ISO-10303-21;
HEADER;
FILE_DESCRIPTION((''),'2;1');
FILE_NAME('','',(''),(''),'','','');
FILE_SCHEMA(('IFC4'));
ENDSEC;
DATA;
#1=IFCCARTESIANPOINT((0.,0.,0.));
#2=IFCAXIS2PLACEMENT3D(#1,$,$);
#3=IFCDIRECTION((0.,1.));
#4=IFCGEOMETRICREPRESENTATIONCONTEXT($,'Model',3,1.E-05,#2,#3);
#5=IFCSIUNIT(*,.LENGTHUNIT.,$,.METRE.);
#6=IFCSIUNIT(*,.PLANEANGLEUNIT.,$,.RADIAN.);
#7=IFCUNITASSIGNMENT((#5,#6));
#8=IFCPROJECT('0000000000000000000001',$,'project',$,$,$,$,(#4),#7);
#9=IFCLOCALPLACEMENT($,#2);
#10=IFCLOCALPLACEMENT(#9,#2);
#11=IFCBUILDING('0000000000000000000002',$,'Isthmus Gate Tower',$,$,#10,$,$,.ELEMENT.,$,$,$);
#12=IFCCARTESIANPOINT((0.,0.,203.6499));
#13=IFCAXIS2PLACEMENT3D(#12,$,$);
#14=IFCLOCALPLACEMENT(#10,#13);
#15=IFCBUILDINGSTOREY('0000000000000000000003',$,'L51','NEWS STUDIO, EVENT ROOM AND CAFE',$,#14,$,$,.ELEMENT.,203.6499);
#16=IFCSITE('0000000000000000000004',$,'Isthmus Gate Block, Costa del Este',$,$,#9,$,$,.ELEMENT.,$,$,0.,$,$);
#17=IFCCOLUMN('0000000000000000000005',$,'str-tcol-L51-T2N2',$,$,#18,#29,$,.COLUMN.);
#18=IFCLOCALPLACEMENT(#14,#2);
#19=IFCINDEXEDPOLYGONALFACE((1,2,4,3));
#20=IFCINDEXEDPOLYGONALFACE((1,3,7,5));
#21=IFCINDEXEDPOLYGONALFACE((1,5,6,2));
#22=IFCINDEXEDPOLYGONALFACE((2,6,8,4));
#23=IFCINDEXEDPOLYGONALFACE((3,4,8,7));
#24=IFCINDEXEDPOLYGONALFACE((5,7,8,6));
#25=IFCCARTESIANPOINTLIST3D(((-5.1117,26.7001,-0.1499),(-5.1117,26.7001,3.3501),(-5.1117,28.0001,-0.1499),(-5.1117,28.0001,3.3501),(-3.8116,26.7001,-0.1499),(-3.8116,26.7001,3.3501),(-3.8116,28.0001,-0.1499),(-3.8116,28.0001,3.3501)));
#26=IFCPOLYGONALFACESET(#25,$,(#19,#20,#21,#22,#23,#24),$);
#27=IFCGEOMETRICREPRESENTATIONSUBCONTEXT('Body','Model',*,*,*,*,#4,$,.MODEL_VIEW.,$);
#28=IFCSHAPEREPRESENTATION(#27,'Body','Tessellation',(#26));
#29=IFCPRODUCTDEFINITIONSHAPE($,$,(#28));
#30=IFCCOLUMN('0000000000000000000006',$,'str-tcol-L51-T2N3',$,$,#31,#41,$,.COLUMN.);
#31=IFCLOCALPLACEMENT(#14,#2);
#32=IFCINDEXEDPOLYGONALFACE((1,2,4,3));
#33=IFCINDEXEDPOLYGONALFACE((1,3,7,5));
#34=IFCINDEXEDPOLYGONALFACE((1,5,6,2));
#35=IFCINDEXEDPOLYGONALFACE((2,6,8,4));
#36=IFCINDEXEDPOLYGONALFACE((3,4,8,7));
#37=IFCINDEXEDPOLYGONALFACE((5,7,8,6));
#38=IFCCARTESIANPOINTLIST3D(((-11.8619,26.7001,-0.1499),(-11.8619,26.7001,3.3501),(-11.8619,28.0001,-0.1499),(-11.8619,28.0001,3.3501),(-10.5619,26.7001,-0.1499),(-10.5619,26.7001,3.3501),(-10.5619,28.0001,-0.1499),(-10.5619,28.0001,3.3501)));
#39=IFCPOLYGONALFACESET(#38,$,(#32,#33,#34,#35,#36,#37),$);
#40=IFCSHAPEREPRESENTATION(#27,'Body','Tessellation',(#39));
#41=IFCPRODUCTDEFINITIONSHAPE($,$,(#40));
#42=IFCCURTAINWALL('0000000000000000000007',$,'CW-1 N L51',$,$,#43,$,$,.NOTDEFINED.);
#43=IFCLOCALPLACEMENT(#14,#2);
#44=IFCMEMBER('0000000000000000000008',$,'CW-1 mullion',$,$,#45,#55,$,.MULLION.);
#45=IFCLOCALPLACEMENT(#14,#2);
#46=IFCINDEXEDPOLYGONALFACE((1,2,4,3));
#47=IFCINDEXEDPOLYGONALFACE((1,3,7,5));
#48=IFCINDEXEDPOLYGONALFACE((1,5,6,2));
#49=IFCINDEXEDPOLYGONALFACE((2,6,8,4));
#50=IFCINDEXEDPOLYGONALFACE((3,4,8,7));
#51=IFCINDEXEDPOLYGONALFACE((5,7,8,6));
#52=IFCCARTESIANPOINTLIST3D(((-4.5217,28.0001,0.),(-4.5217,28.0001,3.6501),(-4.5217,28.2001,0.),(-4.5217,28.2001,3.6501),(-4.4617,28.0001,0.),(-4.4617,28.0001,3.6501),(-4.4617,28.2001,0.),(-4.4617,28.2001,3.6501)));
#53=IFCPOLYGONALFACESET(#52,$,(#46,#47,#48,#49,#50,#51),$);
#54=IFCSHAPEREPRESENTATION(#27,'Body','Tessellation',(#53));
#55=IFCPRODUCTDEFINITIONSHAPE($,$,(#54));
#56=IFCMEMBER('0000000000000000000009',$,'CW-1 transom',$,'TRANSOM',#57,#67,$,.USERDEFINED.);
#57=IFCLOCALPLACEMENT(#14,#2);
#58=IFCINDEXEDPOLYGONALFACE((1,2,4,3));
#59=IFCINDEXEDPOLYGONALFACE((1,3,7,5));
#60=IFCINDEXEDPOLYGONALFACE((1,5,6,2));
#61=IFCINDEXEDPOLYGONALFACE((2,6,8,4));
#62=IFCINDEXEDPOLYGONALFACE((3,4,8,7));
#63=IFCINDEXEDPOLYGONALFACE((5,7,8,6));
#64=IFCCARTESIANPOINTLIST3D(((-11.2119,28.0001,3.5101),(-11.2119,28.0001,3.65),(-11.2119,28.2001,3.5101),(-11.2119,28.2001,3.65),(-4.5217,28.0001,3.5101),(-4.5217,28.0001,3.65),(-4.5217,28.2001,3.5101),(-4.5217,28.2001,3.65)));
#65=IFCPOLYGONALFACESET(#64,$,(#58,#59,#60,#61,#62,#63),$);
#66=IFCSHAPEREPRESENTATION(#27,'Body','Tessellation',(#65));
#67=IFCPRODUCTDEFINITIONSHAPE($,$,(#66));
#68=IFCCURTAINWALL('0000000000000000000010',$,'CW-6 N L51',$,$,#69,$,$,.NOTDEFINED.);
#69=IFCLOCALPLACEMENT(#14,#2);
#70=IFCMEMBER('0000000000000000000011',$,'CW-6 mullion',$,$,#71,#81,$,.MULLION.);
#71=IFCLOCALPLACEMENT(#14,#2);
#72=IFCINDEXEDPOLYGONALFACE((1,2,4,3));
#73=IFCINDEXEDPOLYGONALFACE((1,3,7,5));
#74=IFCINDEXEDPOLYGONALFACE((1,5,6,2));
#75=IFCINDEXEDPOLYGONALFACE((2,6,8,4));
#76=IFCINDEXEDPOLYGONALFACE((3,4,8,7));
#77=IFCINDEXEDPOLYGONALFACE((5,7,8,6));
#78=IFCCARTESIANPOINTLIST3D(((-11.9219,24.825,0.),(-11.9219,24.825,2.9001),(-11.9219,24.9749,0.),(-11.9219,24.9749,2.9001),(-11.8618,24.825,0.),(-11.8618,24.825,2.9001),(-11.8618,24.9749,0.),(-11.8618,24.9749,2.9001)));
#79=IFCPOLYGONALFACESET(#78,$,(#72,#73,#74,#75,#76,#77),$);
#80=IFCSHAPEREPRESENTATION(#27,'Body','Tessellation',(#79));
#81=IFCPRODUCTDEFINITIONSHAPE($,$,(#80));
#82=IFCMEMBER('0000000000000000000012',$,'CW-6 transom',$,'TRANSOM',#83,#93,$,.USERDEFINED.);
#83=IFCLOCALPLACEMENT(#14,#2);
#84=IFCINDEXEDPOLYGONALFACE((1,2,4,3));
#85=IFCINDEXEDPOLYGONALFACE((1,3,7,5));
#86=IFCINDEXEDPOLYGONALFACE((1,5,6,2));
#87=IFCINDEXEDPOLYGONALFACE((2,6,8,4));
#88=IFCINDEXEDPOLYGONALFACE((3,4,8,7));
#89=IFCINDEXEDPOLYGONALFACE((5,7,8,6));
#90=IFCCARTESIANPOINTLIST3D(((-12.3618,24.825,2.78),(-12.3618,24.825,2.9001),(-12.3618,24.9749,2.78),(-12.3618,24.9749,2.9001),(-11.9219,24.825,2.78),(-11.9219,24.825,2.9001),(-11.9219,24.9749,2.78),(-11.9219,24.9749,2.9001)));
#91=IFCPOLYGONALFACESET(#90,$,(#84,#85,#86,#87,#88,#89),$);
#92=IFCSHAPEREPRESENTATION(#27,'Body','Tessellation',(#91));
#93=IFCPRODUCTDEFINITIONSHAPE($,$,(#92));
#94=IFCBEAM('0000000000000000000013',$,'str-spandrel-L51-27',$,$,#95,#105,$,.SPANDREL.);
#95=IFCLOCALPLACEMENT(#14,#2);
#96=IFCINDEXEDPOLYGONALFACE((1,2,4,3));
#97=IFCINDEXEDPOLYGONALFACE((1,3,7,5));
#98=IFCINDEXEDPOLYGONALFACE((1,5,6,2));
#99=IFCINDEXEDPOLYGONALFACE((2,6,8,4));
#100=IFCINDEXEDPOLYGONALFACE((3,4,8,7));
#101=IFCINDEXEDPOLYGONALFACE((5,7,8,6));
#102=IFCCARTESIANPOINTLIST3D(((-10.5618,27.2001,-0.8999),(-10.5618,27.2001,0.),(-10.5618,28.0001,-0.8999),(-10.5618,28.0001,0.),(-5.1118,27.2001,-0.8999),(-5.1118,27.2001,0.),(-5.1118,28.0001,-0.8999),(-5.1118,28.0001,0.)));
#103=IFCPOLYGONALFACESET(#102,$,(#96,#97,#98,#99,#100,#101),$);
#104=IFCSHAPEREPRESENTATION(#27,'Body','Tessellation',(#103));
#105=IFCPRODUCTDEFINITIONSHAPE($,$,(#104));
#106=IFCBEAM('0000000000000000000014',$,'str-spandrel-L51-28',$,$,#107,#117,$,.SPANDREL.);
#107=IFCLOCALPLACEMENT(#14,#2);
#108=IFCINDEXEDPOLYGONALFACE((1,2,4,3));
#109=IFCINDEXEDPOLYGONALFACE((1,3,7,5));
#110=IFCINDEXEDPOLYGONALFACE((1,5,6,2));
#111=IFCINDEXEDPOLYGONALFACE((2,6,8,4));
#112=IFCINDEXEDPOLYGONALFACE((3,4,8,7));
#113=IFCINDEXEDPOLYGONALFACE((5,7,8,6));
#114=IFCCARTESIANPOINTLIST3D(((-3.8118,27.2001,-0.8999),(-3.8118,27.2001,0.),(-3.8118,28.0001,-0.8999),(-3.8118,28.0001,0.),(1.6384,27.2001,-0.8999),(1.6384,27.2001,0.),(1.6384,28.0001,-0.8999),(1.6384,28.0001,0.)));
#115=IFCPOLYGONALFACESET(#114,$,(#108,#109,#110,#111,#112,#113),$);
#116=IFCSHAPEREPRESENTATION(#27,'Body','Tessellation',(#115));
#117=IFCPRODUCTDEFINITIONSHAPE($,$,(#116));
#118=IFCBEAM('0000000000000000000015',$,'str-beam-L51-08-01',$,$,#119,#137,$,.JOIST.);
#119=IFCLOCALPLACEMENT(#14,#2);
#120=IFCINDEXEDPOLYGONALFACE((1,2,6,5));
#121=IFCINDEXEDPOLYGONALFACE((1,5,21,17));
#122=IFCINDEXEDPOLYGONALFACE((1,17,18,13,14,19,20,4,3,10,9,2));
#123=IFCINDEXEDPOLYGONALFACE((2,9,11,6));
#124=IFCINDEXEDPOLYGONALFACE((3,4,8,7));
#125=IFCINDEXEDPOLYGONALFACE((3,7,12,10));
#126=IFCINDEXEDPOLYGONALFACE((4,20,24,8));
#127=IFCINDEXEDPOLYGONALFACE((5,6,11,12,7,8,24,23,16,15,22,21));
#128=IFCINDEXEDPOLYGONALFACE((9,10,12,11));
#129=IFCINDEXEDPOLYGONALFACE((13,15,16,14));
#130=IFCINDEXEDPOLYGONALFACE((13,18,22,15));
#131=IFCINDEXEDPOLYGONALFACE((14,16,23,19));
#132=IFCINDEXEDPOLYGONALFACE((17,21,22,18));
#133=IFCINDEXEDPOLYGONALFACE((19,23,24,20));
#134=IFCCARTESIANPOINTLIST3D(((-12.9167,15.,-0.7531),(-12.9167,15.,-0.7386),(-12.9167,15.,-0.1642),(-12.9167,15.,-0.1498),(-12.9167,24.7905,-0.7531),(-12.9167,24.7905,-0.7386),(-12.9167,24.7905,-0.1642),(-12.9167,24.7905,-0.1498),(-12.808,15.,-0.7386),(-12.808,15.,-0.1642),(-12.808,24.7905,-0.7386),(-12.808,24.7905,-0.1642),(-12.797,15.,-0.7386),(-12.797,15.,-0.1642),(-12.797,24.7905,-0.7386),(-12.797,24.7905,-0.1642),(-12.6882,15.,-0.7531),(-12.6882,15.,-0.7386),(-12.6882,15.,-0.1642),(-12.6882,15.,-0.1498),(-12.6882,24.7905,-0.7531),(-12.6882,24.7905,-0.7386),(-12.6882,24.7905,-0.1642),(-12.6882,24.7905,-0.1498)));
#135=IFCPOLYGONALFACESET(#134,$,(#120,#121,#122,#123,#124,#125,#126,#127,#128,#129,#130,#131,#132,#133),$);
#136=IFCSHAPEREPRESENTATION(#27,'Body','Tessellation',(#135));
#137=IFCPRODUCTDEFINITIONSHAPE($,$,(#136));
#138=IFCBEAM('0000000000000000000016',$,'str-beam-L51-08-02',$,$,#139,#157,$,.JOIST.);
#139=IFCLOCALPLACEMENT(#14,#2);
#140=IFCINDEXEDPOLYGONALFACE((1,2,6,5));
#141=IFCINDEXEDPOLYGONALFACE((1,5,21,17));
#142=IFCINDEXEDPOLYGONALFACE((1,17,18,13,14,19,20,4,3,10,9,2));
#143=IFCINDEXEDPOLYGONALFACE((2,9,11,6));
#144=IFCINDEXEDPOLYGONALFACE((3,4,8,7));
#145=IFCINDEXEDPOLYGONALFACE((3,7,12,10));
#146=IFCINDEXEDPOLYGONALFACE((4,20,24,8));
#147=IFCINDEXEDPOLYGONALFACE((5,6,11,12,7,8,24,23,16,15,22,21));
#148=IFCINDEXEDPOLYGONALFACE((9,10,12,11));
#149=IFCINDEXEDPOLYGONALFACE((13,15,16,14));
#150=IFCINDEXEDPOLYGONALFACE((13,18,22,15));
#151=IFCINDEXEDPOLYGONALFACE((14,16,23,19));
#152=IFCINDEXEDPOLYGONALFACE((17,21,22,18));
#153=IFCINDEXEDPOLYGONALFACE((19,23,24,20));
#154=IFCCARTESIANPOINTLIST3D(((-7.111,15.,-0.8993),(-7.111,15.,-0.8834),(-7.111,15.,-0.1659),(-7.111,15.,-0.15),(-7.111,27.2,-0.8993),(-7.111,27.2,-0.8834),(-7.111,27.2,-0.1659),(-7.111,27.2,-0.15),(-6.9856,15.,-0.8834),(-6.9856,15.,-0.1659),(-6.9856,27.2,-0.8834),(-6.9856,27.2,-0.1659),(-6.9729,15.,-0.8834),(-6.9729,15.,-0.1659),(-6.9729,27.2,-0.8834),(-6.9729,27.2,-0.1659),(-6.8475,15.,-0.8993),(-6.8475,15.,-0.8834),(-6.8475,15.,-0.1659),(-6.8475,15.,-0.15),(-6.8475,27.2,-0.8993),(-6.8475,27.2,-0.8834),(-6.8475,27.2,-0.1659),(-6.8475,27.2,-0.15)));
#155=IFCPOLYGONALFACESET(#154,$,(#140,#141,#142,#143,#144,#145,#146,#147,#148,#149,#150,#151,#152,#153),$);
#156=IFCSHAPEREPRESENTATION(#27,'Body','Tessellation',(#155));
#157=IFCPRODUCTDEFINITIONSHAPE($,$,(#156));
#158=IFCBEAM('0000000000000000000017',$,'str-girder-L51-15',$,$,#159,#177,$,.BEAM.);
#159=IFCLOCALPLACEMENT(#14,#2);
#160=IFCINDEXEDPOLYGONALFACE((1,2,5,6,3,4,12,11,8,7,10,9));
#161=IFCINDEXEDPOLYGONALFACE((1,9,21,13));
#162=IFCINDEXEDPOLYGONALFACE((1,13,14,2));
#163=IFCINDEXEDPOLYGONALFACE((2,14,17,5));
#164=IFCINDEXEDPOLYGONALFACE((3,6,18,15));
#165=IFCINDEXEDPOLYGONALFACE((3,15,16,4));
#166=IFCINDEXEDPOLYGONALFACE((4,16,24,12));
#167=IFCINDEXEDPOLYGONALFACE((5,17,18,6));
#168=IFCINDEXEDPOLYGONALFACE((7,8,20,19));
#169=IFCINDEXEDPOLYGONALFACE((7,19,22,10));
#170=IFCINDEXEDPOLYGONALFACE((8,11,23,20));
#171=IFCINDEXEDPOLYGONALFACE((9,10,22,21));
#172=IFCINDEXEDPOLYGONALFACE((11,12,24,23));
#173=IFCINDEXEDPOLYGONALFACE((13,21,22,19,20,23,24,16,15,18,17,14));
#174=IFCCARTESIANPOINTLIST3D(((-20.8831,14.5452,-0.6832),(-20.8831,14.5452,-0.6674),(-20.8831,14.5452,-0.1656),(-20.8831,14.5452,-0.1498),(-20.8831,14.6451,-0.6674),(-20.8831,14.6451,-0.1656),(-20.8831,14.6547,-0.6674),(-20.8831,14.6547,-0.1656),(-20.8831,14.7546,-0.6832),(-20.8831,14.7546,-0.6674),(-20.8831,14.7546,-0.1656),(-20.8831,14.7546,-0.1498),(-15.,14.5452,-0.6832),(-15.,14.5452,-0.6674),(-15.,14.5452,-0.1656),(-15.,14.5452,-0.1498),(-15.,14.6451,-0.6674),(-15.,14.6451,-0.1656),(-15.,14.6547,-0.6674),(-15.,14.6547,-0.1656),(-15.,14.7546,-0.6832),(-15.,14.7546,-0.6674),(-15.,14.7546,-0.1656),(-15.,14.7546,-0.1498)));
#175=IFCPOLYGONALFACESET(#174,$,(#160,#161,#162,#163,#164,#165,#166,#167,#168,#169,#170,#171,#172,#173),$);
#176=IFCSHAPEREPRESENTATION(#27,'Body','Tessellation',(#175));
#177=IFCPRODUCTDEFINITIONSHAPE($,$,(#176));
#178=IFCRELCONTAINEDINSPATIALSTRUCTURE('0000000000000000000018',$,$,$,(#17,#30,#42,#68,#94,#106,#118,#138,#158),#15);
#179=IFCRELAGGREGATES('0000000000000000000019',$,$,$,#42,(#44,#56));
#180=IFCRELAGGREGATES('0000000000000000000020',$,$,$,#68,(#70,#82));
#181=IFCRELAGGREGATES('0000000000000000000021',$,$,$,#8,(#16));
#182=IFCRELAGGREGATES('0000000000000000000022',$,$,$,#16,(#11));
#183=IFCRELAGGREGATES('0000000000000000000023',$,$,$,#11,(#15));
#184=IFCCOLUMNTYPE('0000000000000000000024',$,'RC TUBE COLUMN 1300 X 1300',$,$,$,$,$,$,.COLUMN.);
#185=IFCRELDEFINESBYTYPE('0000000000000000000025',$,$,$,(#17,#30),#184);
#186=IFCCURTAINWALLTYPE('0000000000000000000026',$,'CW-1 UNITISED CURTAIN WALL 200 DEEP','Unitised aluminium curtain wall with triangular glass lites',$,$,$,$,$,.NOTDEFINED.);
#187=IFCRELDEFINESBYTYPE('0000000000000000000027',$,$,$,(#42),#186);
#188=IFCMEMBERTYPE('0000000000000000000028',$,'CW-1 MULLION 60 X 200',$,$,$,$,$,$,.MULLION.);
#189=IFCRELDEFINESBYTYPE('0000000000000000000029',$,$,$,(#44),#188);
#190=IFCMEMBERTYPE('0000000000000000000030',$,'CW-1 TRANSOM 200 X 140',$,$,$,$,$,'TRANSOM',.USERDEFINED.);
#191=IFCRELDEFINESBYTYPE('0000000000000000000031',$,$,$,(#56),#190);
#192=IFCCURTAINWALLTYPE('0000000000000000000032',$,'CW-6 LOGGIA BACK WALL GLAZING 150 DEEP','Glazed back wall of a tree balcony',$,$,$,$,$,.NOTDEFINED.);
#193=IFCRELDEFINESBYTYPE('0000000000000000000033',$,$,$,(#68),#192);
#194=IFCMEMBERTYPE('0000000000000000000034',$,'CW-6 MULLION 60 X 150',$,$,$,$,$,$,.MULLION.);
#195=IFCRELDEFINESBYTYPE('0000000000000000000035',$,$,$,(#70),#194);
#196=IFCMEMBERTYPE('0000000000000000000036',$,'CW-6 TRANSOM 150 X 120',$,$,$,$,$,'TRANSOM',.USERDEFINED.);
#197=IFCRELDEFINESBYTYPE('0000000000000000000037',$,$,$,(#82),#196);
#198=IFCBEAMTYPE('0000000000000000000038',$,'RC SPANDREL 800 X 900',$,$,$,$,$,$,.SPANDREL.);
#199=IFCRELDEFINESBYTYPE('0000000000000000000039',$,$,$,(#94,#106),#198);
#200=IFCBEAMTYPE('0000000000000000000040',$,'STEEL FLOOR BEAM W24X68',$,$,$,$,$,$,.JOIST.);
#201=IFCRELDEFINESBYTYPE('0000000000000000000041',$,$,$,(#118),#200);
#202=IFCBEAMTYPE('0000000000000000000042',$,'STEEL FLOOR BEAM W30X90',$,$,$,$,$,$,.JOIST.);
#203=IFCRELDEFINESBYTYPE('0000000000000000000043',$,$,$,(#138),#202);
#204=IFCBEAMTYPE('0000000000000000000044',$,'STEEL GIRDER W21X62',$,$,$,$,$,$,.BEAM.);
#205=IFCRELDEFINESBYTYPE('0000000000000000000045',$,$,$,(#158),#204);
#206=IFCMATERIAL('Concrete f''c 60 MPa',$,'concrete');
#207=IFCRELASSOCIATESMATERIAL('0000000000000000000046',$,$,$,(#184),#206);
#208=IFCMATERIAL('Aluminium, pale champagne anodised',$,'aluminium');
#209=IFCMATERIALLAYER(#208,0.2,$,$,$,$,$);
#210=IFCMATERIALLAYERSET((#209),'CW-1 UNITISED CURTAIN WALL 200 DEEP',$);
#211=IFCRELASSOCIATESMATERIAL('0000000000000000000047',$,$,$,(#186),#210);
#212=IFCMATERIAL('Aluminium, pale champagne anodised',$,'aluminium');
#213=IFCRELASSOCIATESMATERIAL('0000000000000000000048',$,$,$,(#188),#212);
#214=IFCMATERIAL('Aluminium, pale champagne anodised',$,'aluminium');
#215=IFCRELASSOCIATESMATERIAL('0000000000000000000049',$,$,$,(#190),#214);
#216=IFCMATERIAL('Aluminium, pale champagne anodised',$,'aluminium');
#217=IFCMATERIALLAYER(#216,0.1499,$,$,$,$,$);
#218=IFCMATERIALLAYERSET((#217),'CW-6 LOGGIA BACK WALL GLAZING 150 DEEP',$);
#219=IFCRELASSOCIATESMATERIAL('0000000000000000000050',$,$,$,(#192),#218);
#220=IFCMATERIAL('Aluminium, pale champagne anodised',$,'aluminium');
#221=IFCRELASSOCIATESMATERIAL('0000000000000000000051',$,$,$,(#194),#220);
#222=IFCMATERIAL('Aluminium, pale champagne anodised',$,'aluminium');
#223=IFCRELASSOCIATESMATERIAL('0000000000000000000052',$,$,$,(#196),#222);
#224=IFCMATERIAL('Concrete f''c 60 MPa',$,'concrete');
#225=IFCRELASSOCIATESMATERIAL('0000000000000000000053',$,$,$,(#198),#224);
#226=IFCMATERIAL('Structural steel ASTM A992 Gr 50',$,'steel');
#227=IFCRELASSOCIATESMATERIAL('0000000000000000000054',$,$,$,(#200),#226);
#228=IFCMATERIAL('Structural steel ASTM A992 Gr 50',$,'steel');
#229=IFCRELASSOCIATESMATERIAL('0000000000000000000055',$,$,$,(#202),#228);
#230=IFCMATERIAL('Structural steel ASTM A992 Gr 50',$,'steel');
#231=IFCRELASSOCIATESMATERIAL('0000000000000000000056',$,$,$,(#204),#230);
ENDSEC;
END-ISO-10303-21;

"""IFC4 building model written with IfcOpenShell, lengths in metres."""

from ifc_helpers import new_model, si_unit, direction, frame, origin, origin_2d, place, context, subcontext, project, spatial, rectangle, i_section, extrude, material, layer, layer_set, material_profile, profile_set, type_object, element, aggregate, save


model = new_model("IFC4")

# Units and contexts
model_context = context("Model", 3, precision=1e-05, world=origin(), true_north=direction((0.0, 1.0)))
body_context = subcontext(model_context, "Body", "Model", "MODEL_VIEW")
ifc_project = project(units=[si_unit("LENGTHUNIT", "METRE"), si_unit("PLANEANGLEUNIT", "RADIAN")], contexts=[model_context])

# Site, building, storey
site_placement = place(None, origin())
site = spatial("IfcSite", under=ifc_project, at=site_placement, Name="Isthmus Gate Block, Costa del Este", CompositionType="ELEMENT", RefElevation=0.0)
building_placement = place(site_placement, origin())
building = spatial("IfcBuilding", under=site, at=building_placement, Name="Isthmus Gate Tower", CompositionType="ELEMENT")
storey_placement = place(building_placement, frame((0.0, 0.0, 203.6499)))
storey = spatial("IfcBuildingStorey", under=building, at=storey_placement, Name="L51", Description="NEWS STUDIO, EVENT ROOM AND CAFE", CompositionType="ELEMENT", Elevation=203.6499)

# Columns
ifc_material_1 = material(Name="Concrete f'c 60 MPa", Category="concrete")
ifc_material_profile_1 = material_profile(ifc_material_1, rectangle(XDim=1.3, YDim=1.3, at=origin_2d()), Name="RC 1300X1300")
ifc_profile_set_1 = profile_set([ifc_material_profile_1], Name="Concrete f'c 60 MPa")
column_type = type_object("IfcColumnType", Name="RC TUBE COLUMN 1300 X 1300", PredefinedType="COLUMN", material=ifc_profile_set_1)
for number, where, z_axis, x_axis, name in (
    (1, (-4.4617, 27.3501, -0.1499), (0.0, 0.0, 1.0), (-1.0, 0.0, 0.0), "str-tcol-L51-T2N2"),
    (2, (-11.2119, 27.3501, -0.1499), (0.0, 0.0, 1.0), (-1.0, 0.0, 0.0), "str-tcol-L51-T2N3"),
):
    element("IfcColumn", number, at=place(storey_placement, frame(where, z_axis=z_axis, x_axis=x_axis)), inside=storey, type_object=column_type, Name=name, PredefinedType="COLUMN", context=body_context, shape_type="SweptSolid", body=[
        extrude(rectangle(XDim=1.3, YDim=1.3, at=origin_2d()), origin(), (0.0, 0.0, 1.0), 3.5),
    ])

# Curtain walls, members
ifc_material_2 = material(Name="Aluminium, pale champagne anodised", Category="aluminium")
ifc_layer_1 = layer(ifc_material_2, 0.2)
ifc_layer_set_1 = layer_set([ifc_layer_1], Name="CW-1 UNITISED CURTAIN WALL 200 DEEP")
curtain_wall_type_1 = type_object("IfcCurtainWallType", Name="CW-1 UNITISED CURTAIN WALL 200 DEEP", Description="Unitised aluminium curtain wall with triangular glass lites", PredefinedType="NOTDEFINED", material=ifc_layer_set_1)
curtain_wall_1_placement = place(storey_placement, origin())
curtain_wall_1 = element("IfcCurtainWall", 3, at=curtain_wall_1_placement, inside=storey, type_object=curtain_wall_type_1, Name="CW-1 N L51", PredefinedType="NOTDEFINED")
ifc_material_3 = material(Name="Aluminium, pale champagne anodised", Category="aluminium")
ifc_material_profile_2 = material_profile(ifc_material_3, rectangle(XDim=0.0601, YDim=0.2, at=origin_2d()), Name="60x200")
ifc_profile_set_2 = profile_set([ifc_material_profile_2], Name="Aluminium, pale champagne anodised")
member_type_1 = type_object("IfcMemberType", Name="CW-1 MULLION 60 X 200", PredefinedType="MULLION", material=ifc_profile_set_2)
member_1_placement = place(storey_placement, frame((-4.4917, 28.1001, 0.0), z_axis=(0.0, 0.0, 1.0), x_axis=(-1.0, 0.0, 0.0)))
member_1 = element("IfcMember", 4, at=member_1_placement, type_object=member_type_1, Name="CW-1 mullion", PredefinedType="MULLION", context=body_context, shape_type="SweptSolid", body=[
    extrude(rectangle(XDim=0.0601, YDim=0.2, at=origin_2d()), origin(), (0.0, 0.0, 1.0), 3.6501),
])
ifc_material_4 = material(Name="Aluminium, pale champagne anodised", Category="aluminium")
ifc_material_profile_3 = material_profile(ifc_material_4, rectangle(XDim=0.2, YDim=0.1399, at=origin_2d()), Name="200x140")
ifc_profile_set_3 = profile_set([ifc_material_profile_3], Name="Aluminium, pale champagne anodised")
member_type_2 = type_object("IfcMemberType", Name="CW-1 TRANSOM 200 X 140", ElementType="TRANSOM", PredefinedType="USERDEFINED", material=ifc_profile_set_3)
member_2_placement = place(storey_placement, frame((-4.5217, 28.1001, 3.5801), z_axis=(-1.0, 0.0, 0.0), x_axis=(0.0, -1.0, 0.0)))
member_2 = element("IfcMember", 5, at=member_2_placement, type_object=member_type_2, Name="CW-1 transom", ObjectType="TRANSOM", PredefinedType="USERDEFINED", context=body_context, shape_type="SweptSolid", body=[
    extrude(rectangle(XDim=0.2, YDim=0.1399, at=origin_2d()), origin(), (0.0, 0.0, 1.0), 6.6902),
])
ifc_material_5 = material(Name="Aluminium, pale champagne anodised", Category="aluminium")
ifc_layer_2 = layer(ifc_material_5, 0.1499)
ifc_layer_set_2 = layer_set([ifc_layer_2], Name="CW-6 LOGGIA BACK WALL GLAZING 150 DEEP")
curtain_wall_type_2 = type_object("IfcCurtainWallType", Name="CW-6 LOGGIA BACK WALL GLAZING 150 DEEP", Description="Glazed back wall of a tree balcony", PredefinedType="NOTDEFINED", material=ifc_layer_set_2)
curtain_wall_2_placement = place(storey_placement, origin())
curtain_wall_2 = element("IfcCurtainWall", 6, at=curtain_wall_2_placement, inside=storey, type_object=curtain_wall_type_2, Name="CW-6 N L51", PredefinedType="NOTDEFINED")
ifc_material_6 = material(Name="Aluminium, pale champagne anodised", Category="aluminium")
ifc_material_profile_4 = material_profile(ifc_material_6, rectangle(XDim=0.0601, YDim=0.1499, at=origin_2d()), Name="60x150")
ifc_profile_set_4 = profile_set([ifc_material_profile_4], Name="Aluminium, pale champagne anodised")
member_type_3 = type_object("IfcMemberType", Name="CW-6 MULLION 60 X 150", PredefinedType="MULLION", material=ifc_profile_set_4)
member_3_placement = place(storey_placement, frame((-11.8918, 24.8999, 0.0), z_axis=(0.0, 0.0, 1.0), x_axis=(-1.0, 0.0, 0.0)))
member_3 = element("IfcMember", 7, at=member_3_placement, type_object=member_type_3, Name="CW-6 mullion", PredefinedType="MULLION", context=body_context, shape_type="SweptSolid", body=[
    extrude(rectangle(XDim=0.0601, YDim=0.1499, at=origin_2d()), origin(), (0.0, 0.0, 1.0), 2.9001),
])
ifc_material_7 = material(Name="Aluminium, pale champagne anodised", Category="aluminium")
ifc_material_profile_5 = material_profile(ifc_material_7, rectangle(XDim=0.1499, YDim=0.1201, at=origin_2d()), Name="150x120")
ifc_profile_set_5 = profile_set([ifc_material_profile_5], Name="Aluminium, pale champagne anodised")
member_type_4 = type_object("IfcMemberType", Name="CW-6 TRANSOM 150 X 120", ElementType="TRANSOM", PredefinedType="USERDEFINED", material=ifc_profile_set_5)
member_4_placement = place(storey_placement, frame((-11.9219, 24.8999, 2.8401), z_axis=(-1.0, 0.0, 0.0), x_axis=(0.0, -1.0, 0.0)))
member_4 = element("IfcMember", 8, at=member_4_placement, type_object=member_type_4, Name="CW-6 transom", ObjectType="TRANSOM", PredefinedType="USERDEFINED", context=body_context, shape_type="SweptSolid", body=[
    extrude(rectangle(XDim=0.1499, YDim=0.1201, at=origin_2d()), origin(), (0.0, 0.0, 1.0), 0.4399),
])

# Beams
ifc_material_8 = material(Name="Concrete f'c 60 MPa", Category="concrete")
ifc_material_profile_6 = material_profile(ifc_material_8, rectangle(XDim=0.8, YDim=0.8999, at=origin_2d()), Name="RC 800X900")
ifc_profile_set_6 = profile_set([ifc_material_profile_6], Name="Concrete f'c 60 MPa")
beam_type_1 = type_object("IfcBeamType", Name="RC SPANDREL 800 X 900", PredefinedType="SPANDREL", material=ifc_profile_set_6)
beam_1_placement = place(storey_placement, frame((-10.5618, 27.6001, -0.45), z_axis=(1.0, 0.0, 0.0), x_axis=(0.0, 1.0, 0.0)))
element("IfcBeam", 9, at=beam_1_placement, inside=storey, type_object=beam_type_1, Name="str-spandrel-L51-27", PredefinedType="SPANDREL", context=body_context, shape_type="SweptSolid", body=[
    extrude(rectangle(XDim=0.8, YDim=0.8999, at=origin_2d()), origin(), (0.0, 0.0, 1.0), 5.45),
])
beam_2_placement = place(storey_placement, frame((-3.8118, 27.6001, -0.45), z_axis=(1.0, 0.0, 0.0), x_axis=(0.0, 1.0, 0.0)))
element("IfcBeam", 10, at=beam_2_placement, inside=storey, type_object=beam_type_1, Name="str-spandrel-L51-28", PredefinedType="SPANDREL", context=body_context, shape_type="SweptSolid", body=[
    extrude(rectangle(XDim=0.8, YDim=0.8999, at=origin_2d()), origin(), (0.0, 0.0, 1.0), 5.4502),
])
ifc_material_9 = material(Name="Structural steel ASTM A992 Gr 50", Category="steel")
ifc_material_profile_7 = material_profile(ifc_material_9, i_section(OverallWidth=0.2285, OverallDepth=0.6033, WebThickness=0.011, FlangeThickness=0.0144, at=origin_2d()), Name="W24X68")
ifc_profile_set_7 = profile_set([ifc_material_profile_7], Name="Structural steel ASTM A992 Gr 50")
beam_type_2 = type_object("IfcBeamType", Name="STEEL FLOOR BEAM W24X68", PredefinedType="JOIST", material=ifc_profile_set_7)
beam_3_placement = place(storey_placement, frame((-12.8025, 15.0, -0.4514), z_axis=(0.0, 1.0, 0.0), x_axis=(-1.0, 0.0, 0.0)))
element("IfcBeam", 11, at=beam_3_placement, inside=storey, type_object=beam_type_2, Name="str-beam-L51-08-01", PredefinedType="JOIST", context=body_context, shape_type="SweptSolid", body=[
    extrude(i_section(OverallWidth=0.2285, OverallDepth=0.6033, WebThickness=0.011, FlangeThickness=0.0144, at=origin_2d()), origin(), (0.0, 0.0, 1.0), 9.7905),
])
ifc_material_10 = material(Name="Structural steel ASTM A992 Gr 50", Category="steel")
ifc_material_profile_8 = material_profile(ifc_material_10, i_section(OverallWidth=0.2634, OverallDepth=0.7493, WebThickness=0.0127, FlangeThickness=0.0159, at=origin_2d()), Name="W30X90")
ifc_profile_set_8 = profile_set([ifc_material_profile_8], Name="Structural steel ASTM A992 Gr 50")
beam_type_3 = type_object("IfcBeamType", Name="STEEL FLOOR BEAM W30X90", PredefinedType="JOIST", material=ifc_profile_set_8)
beam_4_placement = place(storey_placement, frame((-6.9792, 15.0, -0.5247), z_axis=(0.0, 1.0, 0.0), x_axis=(-1.0, 0.0, 0.0)))
element("IfcBeam", 12, at=beam_4_placement, inside=storey, type_object=beam_type_3, Name="str-beam-L51-08-02", PredefinedType="JOIST", context=body_context, shape_type="SweptSolid", body=[
    extrude(i_section(OverallWidth=0.2634, OverallDepth=0.7493, WebThickness=0.0127, FlangeThickness=0.0159, at=origin_2d()), origin(), (0.0, 0.0, 1.0), 12.2),
])
ifc_material_11 = material(Name="Structural steel ASTM A992 Gr 50", Category="steel")
ifc_material_profile_9 = material_profile(ifc_material_11, i_section(OverallWidth=0.2095, OverallDepth=0.5334, WebThickness=0.0095, FlangeThickness=0.0159, at=origin_2d()), Name="W21X62")
ifc_profile_set_9 = profile_set([ifc_material_profile_9], Name="Structural steel ASTM A992 Gr 50")
beam_type_4 = type_object("IfcBeamType", Name="STEEL GIRDER W21X62", PredefinedType="BEAM", material=ifc_profile_set_9)
beam_5_placement = place(storey_placement, frame((-15.0, 14.6499, -0.4165), z_axis=(-1.0, 0.0, 0.0), x_axis=(0.0, -1.0, 0.0)))
element("IfcBeam", 13, at=beam_5_placement, inside=storey, type_object=beam_type_4, Name="str-girder-L51-15", PredefinedType="BEAM", context=body_context, shape_type="SweptSolid", body=[
    extrude(i_section(OverallWidth=0.2095, OverallDepth=0.5334, WebThickness=0.0095, FlangeThickness=0.0159, at=origin_2d()), origin(), (0.0, 0.0, 1.0), 5.8831),
])

aggregate(curtain_wall_1, [member_1, member_2])
aggregate(curtain_wall_2, [member_3, member_4])

save(model, "model.ifc")
